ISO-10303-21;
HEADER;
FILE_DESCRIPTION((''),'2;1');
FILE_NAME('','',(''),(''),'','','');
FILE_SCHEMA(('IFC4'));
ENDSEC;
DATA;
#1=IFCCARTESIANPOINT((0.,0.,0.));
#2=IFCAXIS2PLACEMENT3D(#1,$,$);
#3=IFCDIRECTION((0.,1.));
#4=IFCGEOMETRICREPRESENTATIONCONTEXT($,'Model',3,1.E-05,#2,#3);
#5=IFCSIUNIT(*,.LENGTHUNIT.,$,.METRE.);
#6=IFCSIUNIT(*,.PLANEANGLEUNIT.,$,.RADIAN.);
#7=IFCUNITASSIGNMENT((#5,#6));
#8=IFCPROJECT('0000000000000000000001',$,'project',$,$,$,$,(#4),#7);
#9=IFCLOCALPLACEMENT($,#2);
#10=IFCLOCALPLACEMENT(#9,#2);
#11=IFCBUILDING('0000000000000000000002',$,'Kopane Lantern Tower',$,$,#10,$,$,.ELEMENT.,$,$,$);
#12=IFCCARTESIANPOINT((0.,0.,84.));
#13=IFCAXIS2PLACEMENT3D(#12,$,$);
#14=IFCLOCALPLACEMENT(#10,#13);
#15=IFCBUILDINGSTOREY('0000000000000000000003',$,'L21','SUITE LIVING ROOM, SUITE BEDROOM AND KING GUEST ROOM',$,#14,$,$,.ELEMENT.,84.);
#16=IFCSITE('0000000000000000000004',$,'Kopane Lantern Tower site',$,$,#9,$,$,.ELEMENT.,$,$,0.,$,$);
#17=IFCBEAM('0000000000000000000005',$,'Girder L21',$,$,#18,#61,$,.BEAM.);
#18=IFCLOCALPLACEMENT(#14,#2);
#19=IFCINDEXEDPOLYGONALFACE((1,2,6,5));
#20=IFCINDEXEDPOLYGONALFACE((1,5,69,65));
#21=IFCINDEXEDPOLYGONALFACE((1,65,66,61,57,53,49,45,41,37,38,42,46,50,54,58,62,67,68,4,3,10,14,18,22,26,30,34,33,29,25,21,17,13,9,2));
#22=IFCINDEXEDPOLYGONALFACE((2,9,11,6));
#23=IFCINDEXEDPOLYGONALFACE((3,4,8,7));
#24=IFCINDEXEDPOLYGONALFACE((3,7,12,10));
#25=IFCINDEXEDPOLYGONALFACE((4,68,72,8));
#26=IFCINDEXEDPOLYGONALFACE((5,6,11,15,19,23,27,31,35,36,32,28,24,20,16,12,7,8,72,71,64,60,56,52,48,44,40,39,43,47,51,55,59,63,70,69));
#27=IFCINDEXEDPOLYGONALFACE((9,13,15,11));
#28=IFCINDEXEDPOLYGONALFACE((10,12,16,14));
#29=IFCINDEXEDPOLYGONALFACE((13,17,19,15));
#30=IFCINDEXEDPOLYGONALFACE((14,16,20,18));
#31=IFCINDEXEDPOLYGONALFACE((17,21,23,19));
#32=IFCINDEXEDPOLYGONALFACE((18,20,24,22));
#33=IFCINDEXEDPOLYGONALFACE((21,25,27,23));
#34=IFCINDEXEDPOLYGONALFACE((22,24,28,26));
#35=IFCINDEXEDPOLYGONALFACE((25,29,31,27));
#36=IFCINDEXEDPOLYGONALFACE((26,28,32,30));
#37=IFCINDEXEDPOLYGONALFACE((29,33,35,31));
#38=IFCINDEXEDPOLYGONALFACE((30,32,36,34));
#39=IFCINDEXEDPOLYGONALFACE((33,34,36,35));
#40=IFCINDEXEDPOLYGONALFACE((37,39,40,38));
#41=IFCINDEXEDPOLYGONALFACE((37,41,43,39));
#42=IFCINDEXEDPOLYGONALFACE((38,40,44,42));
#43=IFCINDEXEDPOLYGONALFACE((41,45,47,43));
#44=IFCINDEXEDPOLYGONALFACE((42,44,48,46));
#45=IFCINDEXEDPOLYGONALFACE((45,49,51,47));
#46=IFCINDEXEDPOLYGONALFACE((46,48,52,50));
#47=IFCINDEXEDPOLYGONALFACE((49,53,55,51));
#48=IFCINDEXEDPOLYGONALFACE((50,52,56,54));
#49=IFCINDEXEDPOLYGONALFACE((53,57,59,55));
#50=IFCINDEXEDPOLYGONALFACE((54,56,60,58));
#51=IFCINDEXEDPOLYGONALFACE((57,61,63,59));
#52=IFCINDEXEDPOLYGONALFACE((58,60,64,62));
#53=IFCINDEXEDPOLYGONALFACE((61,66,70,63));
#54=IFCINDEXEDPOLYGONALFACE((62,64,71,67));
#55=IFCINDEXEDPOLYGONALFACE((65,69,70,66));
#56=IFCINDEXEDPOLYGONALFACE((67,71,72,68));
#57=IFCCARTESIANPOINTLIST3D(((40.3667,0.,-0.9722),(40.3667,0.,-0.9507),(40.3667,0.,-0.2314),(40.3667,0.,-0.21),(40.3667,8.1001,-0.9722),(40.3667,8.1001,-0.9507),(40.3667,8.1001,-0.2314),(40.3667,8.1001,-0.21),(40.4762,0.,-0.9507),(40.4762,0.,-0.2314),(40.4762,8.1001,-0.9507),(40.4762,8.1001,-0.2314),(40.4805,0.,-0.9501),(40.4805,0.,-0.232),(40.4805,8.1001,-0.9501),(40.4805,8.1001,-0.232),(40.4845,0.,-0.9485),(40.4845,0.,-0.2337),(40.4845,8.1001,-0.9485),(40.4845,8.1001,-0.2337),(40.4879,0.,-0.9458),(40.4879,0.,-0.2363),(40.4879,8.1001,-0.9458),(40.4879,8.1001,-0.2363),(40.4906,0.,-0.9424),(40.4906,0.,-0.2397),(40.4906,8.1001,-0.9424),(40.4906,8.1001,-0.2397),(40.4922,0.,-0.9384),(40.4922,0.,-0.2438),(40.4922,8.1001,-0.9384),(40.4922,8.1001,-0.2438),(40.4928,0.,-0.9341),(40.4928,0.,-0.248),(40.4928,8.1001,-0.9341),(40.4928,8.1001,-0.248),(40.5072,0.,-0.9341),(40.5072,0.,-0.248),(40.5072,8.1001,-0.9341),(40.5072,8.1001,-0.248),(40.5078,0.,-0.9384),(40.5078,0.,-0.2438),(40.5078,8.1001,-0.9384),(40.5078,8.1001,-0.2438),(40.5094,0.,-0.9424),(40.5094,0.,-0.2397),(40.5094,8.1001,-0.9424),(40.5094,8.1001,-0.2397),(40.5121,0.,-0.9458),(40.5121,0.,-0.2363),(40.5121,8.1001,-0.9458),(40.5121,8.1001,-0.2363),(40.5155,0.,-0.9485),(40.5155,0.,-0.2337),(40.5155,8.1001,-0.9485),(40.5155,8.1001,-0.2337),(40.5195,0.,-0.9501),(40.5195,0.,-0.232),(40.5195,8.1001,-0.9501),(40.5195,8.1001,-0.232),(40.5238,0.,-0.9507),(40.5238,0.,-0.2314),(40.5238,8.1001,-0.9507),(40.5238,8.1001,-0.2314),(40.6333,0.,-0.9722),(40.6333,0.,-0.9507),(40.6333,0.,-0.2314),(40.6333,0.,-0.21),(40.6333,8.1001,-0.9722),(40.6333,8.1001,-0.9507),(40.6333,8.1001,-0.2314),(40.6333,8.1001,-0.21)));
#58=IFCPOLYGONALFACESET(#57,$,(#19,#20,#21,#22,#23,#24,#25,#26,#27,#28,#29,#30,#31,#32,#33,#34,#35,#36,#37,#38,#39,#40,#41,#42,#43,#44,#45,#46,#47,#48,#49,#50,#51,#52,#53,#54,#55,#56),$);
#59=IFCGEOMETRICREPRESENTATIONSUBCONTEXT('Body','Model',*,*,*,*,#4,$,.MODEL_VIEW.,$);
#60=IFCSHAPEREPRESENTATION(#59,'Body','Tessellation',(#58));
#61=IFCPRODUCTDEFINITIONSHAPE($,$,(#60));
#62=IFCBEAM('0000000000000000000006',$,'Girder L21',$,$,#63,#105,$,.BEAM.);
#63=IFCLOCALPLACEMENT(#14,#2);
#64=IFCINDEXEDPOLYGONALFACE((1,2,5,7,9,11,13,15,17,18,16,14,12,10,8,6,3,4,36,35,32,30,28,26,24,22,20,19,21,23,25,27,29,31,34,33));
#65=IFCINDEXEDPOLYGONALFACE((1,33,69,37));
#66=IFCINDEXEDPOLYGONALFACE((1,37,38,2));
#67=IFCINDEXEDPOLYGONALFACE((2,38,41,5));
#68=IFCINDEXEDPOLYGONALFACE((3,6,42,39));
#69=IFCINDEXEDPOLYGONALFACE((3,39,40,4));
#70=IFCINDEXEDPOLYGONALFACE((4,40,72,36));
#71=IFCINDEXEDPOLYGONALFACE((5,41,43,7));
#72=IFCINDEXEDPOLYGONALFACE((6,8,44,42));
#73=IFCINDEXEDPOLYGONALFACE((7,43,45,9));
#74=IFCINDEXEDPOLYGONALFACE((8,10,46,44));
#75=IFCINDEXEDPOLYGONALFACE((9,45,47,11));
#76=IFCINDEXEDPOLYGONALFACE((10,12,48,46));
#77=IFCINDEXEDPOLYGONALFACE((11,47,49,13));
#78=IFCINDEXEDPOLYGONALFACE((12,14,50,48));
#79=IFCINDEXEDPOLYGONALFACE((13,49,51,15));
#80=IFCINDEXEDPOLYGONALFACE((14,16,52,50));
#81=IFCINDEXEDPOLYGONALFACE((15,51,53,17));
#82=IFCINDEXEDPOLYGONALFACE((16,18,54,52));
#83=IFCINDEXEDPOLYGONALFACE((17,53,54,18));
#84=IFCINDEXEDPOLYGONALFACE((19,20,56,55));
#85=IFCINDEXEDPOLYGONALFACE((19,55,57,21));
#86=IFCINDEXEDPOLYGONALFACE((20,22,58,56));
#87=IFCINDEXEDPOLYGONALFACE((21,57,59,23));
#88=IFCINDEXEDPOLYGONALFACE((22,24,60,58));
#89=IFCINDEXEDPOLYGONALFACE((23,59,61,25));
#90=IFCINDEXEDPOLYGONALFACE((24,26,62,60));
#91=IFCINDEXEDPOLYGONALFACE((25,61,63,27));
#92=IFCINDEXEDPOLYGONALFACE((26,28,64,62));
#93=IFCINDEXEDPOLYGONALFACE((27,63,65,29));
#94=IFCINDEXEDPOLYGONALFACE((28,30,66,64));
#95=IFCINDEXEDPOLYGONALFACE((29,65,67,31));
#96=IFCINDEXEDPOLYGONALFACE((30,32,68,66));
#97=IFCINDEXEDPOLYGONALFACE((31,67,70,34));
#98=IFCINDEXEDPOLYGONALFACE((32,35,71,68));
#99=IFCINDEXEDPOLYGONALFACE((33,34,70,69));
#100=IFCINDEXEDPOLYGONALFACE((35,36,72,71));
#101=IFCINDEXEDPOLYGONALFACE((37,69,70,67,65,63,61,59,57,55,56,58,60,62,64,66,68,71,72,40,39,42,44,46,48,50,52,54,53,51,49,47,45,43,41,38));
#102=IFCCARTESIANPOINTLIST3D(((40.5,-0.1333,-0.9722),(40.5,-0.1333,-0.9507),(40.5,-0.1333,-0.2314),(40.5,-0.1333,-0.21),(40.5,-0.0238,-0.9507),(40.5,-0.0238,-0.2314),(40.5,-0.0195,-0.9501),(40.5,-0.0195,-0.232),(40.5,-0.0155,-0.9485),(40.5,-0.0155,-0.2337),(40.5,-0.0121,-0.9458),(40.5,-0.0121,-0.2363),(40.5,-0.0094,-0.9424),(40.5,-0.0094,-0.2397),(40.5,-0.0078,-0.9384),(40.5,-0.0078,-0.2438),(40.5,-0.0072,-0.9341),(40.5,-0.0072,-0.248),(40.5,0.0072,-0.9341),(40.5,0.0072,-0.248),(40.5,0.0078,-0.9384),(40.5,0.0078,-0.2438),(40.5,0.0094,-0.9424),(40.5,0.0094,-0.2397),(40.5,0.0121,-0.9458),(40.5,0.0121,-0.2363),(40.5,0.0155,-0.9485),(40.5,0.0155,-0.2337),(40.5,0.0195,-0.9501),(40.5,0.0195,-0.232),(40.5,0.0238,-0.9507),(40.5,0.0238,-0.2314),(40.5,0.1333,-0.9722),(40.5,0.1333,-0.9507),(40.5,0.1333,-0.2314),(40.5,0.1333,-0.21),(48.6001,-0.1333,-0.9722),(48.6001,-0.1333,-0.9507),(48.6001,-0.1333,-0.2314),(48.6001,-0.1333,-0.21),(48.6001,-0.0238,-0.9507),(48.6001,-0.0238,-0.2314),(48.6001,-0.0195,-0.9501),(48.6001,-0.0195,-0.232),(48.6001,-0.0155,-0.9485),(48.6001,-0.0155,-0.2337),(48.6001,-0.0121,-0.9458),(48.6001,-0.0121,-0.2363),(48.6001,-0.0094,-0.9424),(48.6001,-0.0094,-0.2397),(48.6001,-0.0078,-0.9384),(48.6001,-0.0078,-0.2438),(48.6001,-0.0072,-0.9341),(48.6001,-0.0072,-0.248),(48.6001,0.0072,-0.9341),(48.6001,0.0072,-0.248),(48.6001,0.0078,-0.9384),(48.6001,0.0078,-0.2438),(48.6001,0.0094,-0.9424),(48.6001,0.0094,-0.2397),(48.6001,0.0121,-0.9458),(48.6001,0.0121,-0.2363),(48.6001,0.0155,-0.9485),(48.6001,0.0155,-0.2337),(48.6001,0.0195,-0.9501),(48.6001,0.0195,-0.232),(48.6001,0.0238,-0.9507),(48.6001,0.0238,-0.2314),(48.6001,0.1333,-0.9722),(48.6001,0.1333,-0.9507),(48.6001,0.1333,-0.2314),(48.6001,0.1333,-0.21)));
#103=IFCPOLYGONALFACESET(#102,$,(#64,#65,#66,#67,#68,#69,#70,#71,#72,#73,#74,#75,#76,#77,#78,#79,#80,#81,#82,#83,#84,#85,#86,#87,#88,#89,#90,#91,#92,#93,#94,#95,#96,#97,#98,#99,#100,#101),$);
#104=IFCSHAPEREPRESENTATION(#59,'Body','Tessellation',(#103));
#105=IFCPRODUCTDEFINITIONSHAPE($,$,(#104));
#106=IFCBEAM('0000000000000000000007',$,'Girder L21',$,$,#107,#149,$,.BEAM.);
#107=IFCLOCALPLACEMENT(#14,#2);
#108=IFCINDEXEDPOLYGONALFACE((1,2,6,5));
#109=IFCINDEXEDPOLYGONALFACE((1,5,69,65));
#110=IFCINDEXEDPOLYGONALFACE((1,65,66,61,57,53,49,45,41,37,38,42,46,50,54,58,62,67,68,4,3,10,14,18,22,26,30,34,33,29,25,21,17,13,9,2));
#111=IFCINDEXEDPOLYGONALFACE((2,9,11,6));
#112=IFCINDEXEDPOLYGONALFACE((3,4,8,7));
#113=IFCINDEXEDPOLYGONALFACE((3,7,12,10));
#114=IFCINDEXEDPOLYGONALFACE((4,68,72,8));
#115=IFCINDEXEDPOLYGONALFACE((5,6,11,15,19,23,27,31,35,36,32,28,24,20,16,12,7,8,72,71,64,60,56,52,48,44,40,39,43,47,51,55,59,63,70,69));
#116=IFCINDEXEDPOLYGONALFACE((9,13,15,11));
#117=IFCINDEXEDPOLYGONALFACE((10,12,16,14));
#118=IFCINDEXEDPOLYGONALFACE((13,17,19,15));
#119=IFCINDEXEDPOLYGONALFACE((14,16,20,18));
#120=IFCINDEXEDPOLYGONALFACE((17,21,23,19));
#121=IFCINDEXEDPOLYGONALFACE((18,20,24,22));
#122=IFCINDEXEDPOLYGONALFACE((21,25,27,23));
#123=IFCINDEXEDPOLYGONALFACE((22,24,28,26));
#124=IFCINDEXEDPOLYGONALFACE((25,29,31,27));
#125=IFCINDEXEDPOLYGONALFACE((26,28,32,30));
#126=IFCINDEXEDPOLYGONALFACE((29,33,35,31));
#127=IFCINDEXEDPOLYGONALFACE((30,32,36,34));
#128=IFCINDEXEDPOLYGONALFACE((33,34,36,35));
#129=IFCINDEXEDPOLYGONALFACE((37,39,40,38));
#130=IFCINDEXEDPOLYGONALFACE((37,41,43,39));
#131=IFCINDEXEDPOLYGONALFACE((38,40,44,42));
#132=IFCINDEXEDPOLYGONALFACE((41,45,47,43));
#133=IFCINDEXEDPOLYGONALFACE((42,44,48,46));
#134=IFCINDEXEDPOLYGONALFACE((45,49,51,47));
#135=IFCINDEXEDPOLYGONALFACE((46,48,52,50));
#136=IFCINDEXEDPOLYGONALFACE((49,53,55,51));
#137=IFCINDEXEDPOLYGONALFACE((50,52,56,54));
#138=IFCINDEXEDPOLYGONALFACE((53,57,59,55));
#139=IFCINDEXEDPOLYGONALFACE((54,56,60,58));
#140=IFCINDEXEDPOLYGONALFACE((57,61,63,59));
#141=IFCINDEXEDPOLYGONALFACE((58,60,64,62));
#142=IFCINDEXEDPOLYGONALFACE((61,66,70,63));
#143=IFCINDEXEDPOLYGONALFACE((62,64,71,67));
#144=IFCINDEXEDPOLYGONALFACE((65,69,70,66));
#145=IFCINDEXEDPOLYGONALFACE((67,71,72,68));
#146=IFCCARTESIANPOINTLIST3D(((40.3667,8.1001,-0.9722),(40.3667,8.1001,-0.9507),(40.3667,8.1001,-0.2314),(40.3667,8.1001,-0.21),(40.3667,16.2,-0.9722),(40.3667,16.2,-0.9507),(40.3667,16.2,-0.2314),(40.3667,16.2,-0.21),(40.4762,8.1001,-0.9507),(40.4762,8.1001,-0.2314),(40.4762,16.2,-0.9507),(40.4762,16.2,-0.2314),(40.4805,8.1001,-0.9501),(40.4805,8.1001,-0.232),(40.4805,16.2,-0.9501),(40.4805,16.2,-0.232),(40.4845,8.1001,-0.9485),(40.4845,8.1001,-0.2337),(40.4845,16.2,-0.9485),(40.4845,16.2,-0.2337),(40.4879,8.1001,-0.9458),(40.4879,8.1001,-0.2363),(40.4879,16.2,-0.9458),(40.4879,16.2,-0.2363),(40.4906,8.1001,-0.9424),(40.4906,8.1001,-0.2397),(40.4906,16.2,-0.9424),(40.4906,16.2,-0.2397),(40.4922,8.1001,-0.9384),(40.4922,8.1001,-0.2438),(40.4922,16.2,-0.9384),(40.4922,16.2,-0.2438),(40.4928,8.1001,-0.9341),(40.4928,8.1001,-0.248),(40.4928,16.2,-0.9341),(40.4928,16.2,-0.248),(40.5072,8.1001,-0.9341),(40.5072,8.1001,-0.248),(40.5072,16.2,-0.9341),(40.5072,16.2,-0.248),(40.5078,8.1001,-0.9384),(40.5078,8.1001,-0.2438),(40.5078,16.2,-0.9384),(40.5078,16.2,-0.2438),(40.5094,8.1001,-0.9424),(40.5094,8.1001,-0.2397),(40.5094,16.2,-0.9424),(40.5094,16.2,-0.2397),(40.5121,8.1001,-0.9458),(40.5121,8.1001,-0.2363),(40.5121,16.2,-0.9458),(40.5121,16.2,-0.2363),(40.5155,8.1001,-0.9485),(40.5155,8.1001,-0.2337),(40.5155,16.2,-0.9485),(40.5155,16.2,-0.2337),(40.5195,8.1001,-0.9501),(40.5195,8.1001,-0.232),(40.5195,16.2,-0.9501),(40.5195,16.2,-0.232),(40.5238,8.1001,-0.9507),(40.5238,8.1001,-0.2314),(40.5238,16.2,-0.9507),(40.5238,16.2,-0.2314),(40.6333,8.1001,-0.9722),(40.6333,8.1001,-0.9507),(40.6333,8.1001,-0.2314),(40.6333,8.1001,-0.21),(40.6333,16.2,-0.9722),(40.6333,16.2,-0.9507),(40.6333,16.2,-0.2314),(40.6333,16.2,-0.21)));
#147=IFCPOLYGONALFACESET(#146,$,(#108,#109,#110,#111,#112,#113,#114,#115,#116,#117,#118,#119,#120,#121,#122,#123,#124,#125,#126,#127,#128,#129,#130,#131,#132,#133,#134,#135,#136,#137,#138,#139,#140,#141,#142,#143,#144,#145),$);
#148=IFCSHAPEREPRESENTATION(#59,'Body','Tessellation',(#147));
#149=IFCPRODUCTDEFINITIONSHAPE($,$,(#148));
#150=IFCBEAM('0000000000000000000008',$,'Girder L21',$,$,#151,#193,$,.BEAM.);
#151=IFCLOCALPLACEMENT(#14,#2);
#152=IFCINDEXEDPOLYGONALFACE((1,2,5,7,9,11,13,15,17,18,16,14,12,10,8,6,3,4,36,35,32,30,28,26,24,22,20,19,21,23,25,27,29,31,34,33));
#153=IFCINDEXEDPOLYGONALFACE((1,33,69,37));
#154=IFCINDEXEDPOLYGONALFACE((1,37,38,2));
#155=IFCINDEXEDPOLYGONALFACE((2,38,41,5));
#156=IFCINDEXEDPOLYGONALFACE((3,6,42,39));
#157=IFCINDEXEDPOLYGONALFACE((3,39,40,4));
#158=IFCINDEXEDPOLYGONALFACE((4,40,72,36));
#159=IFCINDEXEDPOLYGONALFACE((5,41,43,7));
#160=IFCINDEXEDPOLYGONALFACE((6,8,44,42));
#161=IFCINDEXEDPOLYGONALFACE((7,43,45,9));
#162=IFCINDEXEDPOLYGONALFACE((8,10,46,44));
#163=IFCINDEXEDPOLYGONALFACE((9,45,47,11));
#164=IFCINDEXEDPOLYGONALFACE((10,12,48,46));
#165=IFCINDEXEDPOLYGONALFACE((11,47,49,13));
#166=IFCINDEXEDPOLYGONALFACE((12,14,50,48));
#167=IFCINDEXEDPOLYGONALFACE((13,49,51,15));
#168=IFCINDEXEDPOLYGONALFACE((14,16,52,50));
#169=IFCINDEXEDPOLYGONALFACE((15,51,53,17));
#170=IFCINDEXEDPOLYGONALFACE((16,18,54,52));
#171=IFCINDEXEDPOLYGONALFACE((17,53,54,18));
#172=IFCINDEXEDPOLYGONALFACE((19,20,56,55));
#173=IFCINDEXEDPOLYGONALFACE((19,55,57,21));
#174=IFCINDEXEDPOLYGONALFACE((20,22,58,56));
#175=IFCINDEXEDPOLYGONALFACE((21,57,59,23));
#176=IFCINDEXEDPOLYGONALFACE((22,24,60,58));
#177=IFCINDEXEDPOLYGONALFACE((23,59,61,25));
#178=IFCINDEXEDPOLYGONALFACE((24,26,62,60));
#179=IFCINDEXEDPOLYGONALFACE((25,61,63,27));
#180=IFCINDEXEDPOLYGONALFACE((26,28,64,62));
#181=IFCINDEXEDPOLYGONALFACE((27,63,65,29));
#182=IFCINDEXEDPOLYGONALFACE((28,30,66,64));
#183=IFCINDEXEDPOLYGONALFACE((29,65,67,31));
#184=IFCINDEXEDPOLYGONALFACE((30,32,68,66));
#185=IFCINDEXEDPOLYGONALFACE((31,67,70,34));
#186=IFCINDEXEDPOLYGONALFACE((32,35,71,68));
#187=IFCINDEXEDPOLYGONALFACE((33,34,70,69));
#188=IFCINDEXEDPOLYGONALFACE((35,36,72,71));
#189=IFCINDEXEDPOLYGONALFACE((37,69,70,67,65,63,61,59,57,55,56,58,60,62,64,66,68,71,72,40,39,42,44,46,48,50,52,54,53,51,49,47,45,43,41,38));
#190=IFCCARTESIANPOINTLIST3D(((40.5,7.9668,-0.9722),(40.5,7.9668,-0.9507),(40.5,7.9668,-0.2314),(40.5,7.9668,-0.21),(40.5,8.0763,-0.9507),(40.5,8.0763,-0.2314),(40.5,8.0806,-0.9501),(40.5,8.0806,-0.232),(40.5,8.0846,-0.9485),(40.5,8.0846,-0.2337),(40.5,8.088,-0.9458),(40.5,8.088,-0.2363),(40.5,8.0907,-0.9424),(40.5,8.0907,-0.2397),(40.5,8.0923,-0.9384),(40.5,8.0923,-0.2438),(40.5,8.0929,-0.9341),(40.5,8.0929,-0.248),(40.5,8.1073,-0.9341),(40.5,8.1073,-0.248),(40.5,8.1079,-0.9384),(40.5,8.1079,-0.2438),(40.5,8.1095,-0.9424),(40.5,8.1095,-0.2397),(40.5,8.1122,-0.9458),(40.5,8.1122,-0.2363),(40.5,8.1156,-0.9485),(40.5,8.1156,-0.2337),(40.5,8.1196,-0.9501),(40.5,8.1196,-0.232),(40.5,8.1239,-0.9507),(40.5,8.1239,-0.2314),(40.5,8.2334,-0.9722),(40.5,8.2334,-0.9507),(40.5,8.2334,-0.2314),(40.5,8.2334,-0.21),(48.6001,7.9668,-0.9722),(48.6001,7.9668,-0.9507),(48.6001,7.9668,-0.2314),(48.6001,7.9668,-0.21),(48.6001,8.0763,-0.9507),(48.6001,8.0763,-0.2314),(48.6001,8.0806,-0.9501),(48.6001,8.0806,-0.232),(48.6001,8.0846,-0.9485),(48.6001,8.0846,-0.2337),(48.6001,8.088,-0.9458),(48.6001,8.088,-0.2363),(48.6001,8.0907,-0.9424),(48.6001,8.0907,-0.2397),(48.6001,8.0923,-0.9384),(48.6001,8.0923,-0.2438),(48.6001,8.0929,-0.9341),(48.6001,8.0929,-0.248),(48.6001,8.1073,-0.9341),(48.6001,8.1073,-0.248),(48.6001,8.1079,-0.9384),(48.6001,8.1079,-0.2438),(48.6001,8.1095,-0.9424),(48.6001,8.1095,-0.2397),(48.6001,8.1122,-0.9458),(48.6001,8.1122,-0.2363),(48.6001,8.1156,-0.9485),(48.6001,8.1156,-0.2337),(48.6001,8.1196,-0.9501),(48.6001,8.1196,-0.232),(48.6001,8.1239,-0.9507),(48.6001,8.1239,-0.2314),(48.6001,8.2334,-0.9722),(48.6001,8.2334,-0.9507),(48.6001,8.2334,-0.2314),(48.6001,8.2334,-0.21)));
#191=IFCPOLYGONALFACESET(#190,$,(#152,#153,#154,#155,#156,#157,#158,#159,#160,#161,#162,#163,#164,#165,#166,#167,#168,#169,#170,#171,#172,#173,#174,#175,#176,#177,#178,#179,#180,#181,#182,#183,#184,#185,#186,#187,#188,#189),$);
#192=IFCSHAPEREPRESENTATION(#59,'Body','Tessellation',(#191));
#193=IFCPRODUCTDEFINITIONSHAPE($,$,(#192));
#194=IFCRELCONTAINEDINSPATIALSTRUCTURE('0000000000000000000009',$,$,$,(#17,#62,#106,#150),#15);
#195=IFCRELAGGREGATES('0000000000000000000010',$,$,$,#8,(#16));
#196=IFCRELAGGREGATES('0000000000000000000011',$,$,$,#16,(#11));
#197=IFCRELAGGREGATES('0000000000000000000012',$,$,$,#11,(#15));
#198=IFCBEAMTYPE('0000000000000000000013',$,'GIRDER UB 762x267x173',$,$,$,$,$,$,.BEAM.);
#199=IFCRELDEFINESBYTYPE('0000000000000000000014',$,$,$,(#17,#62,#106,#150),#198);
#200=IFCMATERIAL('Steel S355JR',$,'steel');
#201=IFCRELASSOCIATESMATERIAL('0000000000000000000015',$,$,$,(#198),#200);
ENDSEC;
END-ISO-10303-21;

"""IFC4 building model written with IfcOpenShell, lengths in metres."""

from ifc_helpers import new_model, si_unit, direction, frame, origin, origin_2d, place, context, subcontext, project, spatial, i_section, extrude, material, material_profile, profile_set, type_object, element, save


model = new_model("IFC4")

# Units and contexts
model_context = context("Model", 3, precision=1e-05, world=origin(), true_north=direction((0.0, 1.0)))
body_context = subcontext(model_context, "Body", "Model", "MODEL_VIEW")
ifc_project = project(units=[si_unit("LENGTHUNIT", "METRE"), si_unit("PLANEANGLEUNIT", "RADIAN")], contexts=[model_context])

# Site, building, storey
site_placement = place(None, origin())
site = spatial("IfcSite", under=ifc_project, at=site_placement, Name="Kopane Lantern Tower site", CompositionType="ELEMENT", RefElevation=0.0)
building_placement = place(site_placement, origin())
building = spatial("IfcBuilding", under=site, at=building_placement, Name="Kopane Lantern Tower", CompositionType="ELEMENT")
storey_placement = place(building_placement, frame((0.0, 0.0, 84.0)))
storey = spatial("IfcBuildingStorey", under=building, at=storey_placement, Name="L21", Description="SUITE LIVING ROOM, SUITE BEDROOM AND KING GUEST ROOM", CompositionType="ELEMENT", Elevation=84.0)

# Beams
ifc_material_1 = material(Name="Steel S355JR", Category="steel")
ifc_material_profile_1 = material_profile(ifc_material_1, i_section(OverallWidth=0.2666, OverallDepth=0.7622, WebThickness=0.0144, FlangeThickness=0.0215, FilletRadius=0.0166, at=origin_2d()), Name="UB 762x267x173")
ifc_profile_set_1 = profile_set([ifc_material_profile_1], Name="Steel S355JR")
beam_type = type_object("IfcBeamType", Name="GIRDER UB 762x267x173", PredefinedType="BEAM", material=ifc_profile_set_1)
for number, where, z_axis, x_axis, name in (
    (1, (40.5, 0.0, -0.5911), (0.0, 1.0, 0.0), (-1.0, 0.0, 0.0), "Girder L21"),
    (2, (40.5, 0.0, -0.5911), (1.0, 0.0, 0.0), (0.0, 1.0, 0.0), "Girder L21"),
):
    element("IfcBeam", number, at=place(storey_placement, frame(where, z_axis=z_axis, x_axis=x_axis)), inside=storey, type_object=beam_type, Name=name, PredefinedType="BEAM", context=body_context, shape_type="SweptSolid", body=[
        extrude(i_section(OverallWidth=0.2666, OverallDepth=0.7622, WebThickness=0.0144, FlangeThickness=0.0215, FilletRadius=0.0166, at=origin_2d()), origin(), (0.0, 0.0, 1.0), 8.1001),
    ])
beam_1_placement = place(storey_placement, frame((40.5, 8.1001, -0.5911), z_axis=(0.0, 1.0, 0.0), x_axis=(-1.0, 0.0, 0.0)))
element("IfcBeam", 3, at=beam_1_placement, inside=storey, type_object=beam_type, Name="Girder L21", PredefinedType="BEAM", context=body_context, shape_type="SweptSolid", body=[
    extrude(i_section(OverallWidth=0.2666, OverallDepth=0.7622, WebThickness=0.0144, FlangeThickness=0.0215, FilletRadius=0.0166, at=origin_2d()), origin(), (0.0, 0.0, 1.0), 8.0999),
])
beam_2_placement = place(storey_placement, frame((40.5, 8.1001, -0.5911), z_axis=(1.0, 0.0, 0.0), x_axis=(0.0, 1.0, 0.0)))
element("IfcBeam", 4, at=beam_2_placement, inside=storey, type_object=beam_type, Name="Girder L21", PredefinedType="BEAM", context=body_context, shape_type="SweptSolid", body=[
    extrude(i_section(OverallWidth=0.2666, OverallDepth=0.7622, WebThickness=0.0144, FlangeThickness=0.0215, FilletRadius=0.0166, at=origin_2d()), origin(), (0.0, 0.0, 1.0), 8.1001),
])

save(model, "model.ifc")
